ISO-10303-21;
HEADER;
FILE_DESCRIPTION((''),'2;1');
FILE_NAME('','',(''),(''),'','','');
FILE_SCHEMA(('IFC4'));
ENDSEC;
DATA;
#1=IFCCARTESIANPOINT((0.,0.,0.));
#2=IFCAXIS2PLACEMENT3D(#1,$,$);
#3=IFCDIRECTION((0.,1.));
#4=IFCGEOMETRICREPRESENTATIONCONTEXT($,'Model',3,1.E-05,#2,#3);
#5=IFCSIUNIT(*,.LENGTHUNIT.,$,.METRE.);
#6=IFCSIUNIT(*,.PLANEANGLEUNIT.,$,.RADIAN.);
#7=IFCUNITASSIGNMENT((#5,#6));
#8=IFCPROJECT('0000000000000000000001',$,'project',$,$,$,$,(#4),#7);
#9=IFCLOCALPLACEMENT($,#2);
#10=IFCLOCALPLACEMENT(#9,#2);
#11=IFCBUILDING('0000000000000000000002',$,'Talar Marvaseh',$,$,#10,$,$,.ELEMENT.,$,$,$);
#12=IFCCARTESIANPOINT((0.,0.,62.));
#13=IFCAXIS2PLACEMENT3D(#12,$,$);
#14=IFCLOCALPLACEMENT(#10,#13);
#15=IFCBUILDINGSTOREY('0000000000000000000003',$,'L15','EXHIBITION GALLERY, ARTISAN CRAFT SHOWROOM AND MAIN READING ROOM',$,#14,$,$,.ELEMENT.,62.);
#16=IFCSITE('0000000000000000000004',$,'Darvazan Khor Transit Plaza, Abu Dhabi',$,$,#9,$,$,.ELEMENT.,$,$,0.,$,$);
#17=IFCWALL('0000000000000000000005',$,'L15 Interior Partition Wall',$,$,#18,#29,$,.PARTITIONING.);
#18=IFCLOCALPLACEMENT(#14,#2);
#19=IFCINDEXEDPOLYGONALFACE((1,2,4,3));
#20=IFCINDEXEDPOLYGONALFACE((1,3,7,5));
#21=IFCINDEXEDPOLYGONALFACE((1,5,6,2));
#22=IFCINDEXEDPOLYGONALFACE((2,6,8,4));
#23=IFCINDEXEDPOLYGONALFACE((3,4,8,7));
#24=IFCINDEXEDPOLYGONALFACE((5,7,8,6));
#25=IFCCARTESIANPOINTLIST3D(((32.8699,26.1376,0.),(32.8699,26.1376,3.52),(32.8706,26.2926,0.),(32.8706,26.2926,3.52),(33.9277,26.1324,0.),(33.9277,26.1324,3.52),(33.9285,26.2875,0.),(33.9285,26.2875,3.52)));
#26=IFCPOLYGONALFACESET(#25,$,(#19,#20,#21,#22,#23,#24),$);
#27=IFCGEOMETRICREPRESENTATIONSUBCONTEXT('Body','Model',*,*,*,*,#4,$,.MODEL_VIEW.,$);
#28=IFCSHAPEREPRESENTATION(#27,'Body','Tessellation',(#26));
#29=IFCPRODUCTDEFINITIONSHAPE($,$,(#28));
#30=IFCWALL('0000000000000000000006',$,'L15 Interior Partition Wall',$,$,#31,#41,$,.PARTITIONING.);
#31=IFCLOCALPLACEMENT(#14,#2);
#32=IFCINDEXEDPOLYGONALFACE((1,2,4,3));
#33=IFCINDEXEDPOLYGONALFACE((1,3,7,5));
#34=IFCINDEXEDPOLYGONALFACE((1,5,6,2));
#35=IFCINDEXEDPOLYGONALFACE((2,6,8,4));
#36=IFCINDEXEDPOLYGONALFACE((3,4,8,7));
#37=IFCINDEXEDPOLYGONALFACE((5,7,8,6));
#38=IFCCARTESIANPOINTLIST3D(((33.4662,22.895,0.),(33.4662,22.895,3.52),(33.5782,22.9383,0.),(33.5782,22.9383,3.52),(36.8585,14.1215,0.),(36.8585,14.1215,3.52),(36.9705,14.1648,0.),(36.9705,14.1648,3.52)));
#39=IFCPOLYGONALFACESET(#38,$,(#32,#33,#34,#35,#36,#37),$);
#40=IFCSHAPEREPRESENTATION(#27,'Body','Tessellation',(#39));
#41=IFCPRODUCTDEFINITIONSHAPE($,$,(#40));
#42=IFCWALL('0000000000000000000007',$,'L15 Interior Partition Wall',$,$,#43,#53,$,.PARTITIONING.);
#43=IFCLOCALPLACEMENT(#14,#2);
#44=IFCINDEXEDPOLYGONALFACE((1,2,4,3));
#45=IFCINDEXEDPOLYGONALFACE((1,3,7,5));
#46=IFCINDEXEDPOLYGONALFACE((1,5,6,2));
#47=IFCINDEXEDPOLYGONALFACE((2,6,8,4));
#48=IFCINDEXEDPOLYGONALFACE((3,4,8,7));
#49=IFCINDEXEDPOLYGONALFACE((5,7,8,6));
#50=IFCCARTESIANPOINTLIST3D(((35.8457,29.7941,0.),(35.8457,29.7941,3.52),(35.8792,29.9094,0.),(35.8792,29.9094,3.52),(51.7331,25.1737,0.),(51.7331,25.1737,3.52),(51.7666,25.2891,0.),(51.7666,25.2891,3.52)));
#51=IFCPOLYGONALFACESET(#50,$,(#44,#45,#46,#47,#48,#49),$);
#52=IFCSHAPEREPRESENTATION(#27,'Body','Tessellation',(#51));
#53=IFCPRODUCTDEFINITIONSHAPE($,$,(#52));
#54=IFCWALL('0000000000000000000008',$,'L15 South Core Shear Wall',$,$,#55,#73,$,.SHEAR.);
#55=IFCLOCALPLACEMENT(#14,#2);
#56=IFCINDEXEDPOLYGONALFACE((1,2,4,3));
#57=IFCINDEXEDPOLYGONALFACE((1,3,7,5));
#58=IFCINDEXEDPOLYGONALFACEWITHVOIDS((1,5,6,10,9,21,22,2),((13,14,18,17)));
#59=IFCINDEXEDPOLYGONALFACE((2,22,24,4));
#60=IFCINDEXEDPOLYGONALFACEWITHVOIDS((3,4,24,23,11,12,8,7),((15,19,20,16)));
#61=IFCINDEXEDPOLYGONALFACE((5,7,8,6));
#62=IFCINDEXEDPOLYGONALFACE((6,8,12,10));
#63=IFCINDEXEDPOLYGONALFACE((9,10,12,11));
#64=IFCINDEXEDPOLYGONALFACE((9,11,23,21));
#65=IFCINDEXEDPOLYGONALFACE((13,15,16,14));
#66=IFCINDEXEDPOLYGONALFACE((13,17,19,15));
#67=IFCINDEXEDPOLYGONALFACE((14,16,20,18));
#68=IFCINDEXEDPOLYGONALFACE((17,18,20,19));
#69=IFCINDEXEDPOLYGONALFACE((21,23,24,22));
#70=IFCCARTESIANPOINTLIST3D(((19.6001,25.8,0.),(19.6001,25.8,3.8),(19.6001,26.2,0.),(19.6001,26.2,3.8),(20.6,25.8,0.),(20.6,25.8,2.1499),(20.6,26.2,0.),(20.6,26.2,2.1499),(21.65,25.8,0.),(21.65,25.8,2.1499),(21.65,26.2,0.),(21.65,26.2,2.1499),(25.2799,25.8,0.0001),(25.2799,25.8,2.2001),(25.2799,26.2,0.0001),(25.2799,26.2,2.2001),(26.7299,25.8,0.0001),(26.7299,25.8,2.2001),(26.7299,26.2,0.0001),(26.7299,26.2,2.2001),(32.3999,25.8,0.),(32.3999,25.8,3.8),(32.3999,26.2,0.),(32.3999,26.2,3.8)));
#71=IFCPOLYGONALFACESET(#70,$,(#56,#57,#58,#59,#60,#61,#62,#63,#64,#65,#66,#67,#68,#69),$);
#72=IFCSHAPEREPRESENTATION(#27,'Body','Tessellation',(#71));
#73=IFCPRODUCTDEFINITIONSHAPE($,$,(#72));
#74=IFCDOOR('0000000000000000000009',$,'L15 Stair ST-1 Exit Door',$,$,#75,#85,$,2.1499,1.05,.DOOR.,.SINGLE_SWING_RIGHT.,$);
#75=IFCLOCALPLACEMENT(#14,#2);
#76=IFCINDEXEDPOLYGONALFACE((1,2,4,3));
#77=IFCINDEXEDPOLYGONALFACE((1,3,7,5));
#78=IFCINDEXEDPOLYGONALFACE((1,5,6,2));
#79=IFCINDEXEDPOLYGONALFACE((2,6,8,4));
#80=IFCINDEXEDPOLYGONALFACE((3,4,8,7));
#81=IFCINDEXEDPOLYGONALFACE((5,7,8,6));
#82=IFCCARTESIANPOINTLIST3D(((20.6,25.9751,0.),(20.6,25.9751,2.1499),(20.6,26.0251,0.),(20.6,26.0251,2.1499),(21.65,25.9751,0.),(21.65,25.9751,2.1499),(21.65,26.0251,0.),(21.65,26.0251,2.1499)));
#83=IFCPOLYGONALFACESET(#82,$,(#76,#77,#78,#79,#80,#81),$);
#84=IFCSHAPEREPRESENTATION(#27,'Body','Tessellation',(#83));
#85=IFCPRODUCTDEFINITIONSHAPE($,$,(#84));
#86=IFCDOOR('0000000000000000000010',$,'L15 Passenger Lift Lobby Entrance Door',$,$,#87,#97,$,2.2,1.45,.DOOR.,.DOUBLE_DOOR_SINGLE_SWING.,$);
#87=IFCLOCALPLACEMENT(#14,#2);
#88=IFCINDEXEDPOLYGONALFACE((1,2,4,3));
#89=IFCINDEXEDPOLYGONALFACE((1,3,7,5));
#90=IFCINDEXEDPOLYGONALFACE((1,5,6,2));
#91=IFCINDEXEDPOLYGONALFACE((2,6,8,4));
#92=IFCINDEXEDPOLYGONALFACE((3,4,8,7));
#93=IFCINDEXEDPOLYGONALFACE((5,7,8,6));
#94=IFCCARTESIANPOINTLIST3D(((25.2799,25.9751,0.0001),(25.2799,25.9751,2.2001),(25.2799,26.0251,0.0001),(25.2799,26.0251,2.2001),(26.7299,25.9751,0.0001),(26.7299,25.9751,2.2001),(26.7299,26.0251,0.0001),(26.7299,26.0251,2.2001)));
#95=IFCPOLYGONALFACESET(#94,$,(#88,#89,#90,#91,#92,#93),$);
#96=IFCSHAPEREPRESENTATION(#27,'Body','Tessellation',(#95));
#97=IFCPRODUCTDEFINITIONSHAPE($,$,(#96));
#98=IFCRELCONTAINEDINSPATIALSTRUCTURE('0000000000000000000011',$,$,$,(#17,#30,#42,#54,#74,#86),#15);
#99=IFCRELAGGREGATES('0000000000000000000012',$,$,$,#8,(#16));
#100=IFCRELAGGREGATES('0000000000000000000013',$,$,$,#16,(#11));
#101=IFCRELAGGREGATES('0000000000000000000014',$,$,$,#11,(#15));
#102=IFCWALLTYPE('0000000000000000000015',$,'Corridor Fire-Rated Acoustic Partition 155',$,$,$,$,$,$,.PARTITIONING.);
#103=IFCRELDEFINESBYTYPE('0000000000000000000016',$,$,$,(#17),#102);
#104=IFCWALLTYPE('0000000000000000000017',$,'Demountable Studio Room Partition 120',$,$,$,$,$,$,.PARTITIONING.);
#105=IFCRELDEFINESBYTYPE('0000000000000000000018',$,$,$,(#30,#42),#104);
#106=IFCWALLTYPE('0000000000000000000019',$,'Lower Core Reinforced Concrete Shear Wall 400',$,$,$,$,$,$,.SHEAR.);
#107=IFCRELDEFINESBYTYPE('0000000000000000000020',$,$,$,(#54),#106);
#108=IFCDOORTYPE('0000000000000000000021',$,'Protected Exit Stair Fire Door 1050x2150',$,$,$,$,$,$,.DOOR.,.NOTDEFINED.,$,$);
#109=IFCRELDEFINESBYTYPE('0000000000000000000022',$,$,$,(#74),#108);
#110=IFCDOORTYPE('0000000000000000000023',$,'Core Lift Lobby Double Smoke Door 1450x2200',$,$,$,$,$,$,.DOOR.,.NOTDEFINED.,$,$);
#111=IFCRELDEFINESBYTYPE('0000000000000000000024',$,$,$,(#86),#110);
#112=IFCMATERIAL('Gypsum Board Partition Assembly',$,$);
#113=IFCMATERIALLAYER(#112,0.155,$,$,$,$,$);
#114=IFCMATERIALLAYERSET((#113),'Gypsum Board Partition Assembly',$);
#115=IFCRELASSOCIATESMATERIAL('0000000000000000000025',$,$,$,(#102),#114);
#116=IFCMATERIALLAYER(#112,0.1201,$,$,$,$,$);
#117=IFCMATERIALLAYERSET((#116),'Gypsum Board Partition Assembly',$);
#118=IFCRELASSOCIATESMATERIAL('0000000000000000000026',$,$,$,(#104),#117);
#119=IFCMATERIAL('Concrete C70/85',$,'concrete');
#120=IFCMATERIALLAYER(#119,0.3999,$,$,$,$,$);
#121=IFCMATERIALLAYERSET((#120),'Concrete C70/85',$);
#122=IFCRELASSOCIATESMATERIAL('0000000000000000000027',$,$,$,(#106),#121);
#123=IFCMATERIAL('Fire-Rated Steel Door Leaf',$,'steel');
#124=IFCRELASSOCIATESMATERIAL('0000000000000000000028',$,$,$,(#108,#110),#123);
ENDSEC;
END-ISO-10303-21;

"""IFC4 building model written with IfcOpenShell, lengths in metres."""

from ifc_helpers import new_model, si_unit, direction, frame, frame_2d, origin, place, context, subcontext, project, spatial, rectangle, extrude, source, transform, mapped, material, layer, layer_set, type_object, type_shapes, element, fill, save


model = new_model("IFC4")

# Units and contexts
model_context = context("Model", 3, precision=1e-05, world=origin(), true_north=direction((0.0, 1.0)))
body_context = subcontext(model_context, "Body", "Model", "MODEL_VIEW")
ifc_project = project(units=[si_unit("LENGTHUNIT", "METRE"), si_unit("PLANEANGLEUNIT", "RADIAN")], contexts=[model_context])

# Site, building, storey
site_placement = place(None, origin())
site = spatial("IfcSite", under=ifc_project, at=site_placement, Name="Darvazan Khor Transit Plaza, Abu Dhabi", CompositionType="ELEMENT", RefElevation=0.0)
building_placement = place(site_placement, origin())
building = spatial("IfcBuilding", under=site, at=building_placement, Name="Talar Marvaseh", CompositionType="ELEMENT")
storey_placement = place(building_placement, frame((0.0, 0.0, 62.0)))
storey = spatial("IfcBuildingStorey", under=building, at=storey_placement, Name="L15", Description="EXHIBITION GALLERY, ARTISAN CRAFT SHOWROOM AND MAIN READING ROOM", CompositionType="ELEMENT", Elevation=62.0)

# Shared definitions
ifc_material_1 = material(Name="Concrete C70/85", Category="concrete")

# Shared definitions
ifc_material_2 = material(Name="Gypsum Board Partition Assembly")
ifc_layer_1 = layer(ifc_material_2, 0.155)
ifc_layer_set_1 = layer_set([ifc_layer_1], Name="Gypsum Board Partition Assembly")
wall_type_1 = type_object("IfcWallType", Name="Corridor Fire-Rated Acoustic Partition 155", PredefinedType="PARTITIONING", material=ifc_layer_set_1)

# Walls
wall_1_placement = place(storey_placement, frame((33.928, 26.21, 0.0), z_axis=(0.0, 0.0, 1.0), x_axis=(-0.999988, 0.004846, 0.0)))
element("IfcWall", 1, at=wall_1_placement, inside=storey, type_object=wall_type_1, Name="L15 Interior Partition Wall", PredefinedType="PARTITIONING", context=body_context, shape_type="SweptSolid", body=[
    extrude(rectangle(XDim=1.0579, YDim=0.155, at=frame_2d((0.5288, 0.0))), origin(), (0.0, 0.0, 1.0), 3.52),
])
ifc_layer_2 = layer(ifc_material_2, 0.1201)
ifc_layer_set_2 = layer_set([ifc_layer_2], Name="Gypsum Board Partition Assembly")
wall_type_2 = type_object("IfcWallType", Name="Demountable Studio Room Partition 120", PredefinedType="PARTITIONING", material=ifc_layer_set_2)
wall_2_placement = place(storey_placement, frame((33.5222, 22.9165, 0.0), z_axis=(0.0, 0.0, 1.0), x_axis=(0.360639, -0.932705, 0.0)))
element("IfcWall", 2, at=wall_2_placement, inside=storey, type_object=wall_type_2, Name="L15 Interior Partition Wall", PredefinedType="PARTITIONING", context=body_context, shape_type="SweptSolid", body=[
    extrude(rectangle(XDim=9.4065, YDim=0.1201, at=frame_2d((4.7031, 0.0))), origin(), (0.0, 0.0, 1.0), 3.52),
])
wall_3_placement = place(storey_placement, frame((35.8623, 29.8518, 0.0), z_axis=(0.0, 0.0, 1.0), x_axis=(0.960219, -0.279249, 0.0)))
element("IfcWall", 3, at=wall_3_placement, inside=storey, type_object=wall_type_2, Name="L15 Interior Partition Wall", PredefinedType="PARTITIONING", context=body_context, shape_type="SweptSolid", body=[
    extrude(rectangle(XDim=16.5457, YDim=0.1201, at=frame_2d((8.2729, 0.0))), origin(), (0.0, 0.0, 1.0), 3.52),
])

# Wall, openings, doors
ifc_layer_3 = layer(ifc_material_1, 0.3999)
ifc_layer_set_3 = layer_set([ifc_layer_3], Name="Concrete C70/85")
wall_type_3 = type_object("IfcWallType", Name="Lower Core Reinforced Concrete Shear Wall 400", PredefinedType="SHEAR", material=ifc_layer_set_3)
wall_4_placement = place(storey_placement, frame((32.3999, 26.0, 0.0), z_axis=(0.0, 0.0, 1.0), x_axis=(-1.0, 0.0, 0.0)))
wall_4 = element("IfcWall", 4, at=wall_4_placement, inside=storey, type_object=wall_type_3, Name="L15 South Core Shear Wall", PredefinedType="SHEAR", context=body_context, shape_type="SweptSolid", body=[
    extrude(rectangle(XDim=12.7998, YDim=0.3999, at=frame_2d((6.3999, 0.0))), origin(), (0.0, 0.0, 1.0), 3.8),
])
opening_1_placement = place(wall_4_placement, frame((10.75, 0.0, 0.0)))
opening_1 = element("IfcOpeningElement", 5, at=opening_1_placement, cuts=wall_4, PredefinedType="OPENING", context=body_context, shape_type="SweptSolid", body=[
    extrude(rectangle(XDim=1.05, YDim=2.1499, at=frame_2d((0.5249, 1.075))), frame((0.0, 0.21, 0.0), z_axis=(0.0, -1.0, 0.0), x_axis=(1.0, 0.0, 0.0)), (0.0, 0.0, 1.0), 0.4199),
])
opening_2_placement = place(wall_4_placement, frame((5.6699, 0.0, 0.0)))
opening_2 = element("IfcOpeningElement", 6, at=opening_2_placement, cuts=wall_4, PredefinedType="OPENING", context=body_context, shape_type="SweptSolid", body=[
    extrude(rectangle(XDim=1.45, YDim=2.2, at=frame_2d((0.7251, 1.1001))), frame((0.0, 0.21, 0.0), z_axis=(0.0, -1.0, 0.0), x_axis=(1.0, 0.0, 0.0)), (0.0, 0.0, 1.0), 0.4199),
])
ifc_material_3 = material(Name="Fire-Rated Steel Door Leaf", Category="steel")
door_type_1 = type_object("IfcDoorType", Name="Protected Exit Stair Fire Door 1050x2150", OperationType="NOTDEFINED", PredefinedType="DOOR", material=ifc_material_3)
shared_shape_1 = source(origin(), body_context, "Body", "SweptSolid", [
    extrude(rectangle(XDim=1.05, YDim=2.1499, at=frame_2d((0.5249, 1.075))), frame((0.0, 0.0249, 0.0), z_axis=(0.0, -1.0, 0.0), x_axis=(1.0, 0.0, 0.0)), (0.0, 0.0, 1.0), 0.05),
])
type_shapes(door_type_1, [shared_shape_1])
door_1_placement = place(opening_1_placement, origin())
door_1 = element("IfcDoor", 7, at=door_1_placement, inside=storey, type_object=door_type_1, Name="L15 Stair ST-1 Exit Door", OperationType="SINGLE_SWING_RIGHT", OverallHeight=2.1499, OverallWidth=1.05, PredefinedType="DOOR", context=body_context, shape_type="MappedRepresentation", body=[
    mapped(shared_shape_1, transform((0.0, 0.0, 0.0), x_axis=(1.0, 0.0, 0.0), y_axis=(0.0, 1.0, 0.0), z_axis=(0.0, 0.0, 1.0), scale=1.0)),
])
fill(opening_1, door_1)
door_type_2 = type_object("IfcDoorType", Name="Core Lift Lobby Double Smoke Door 1450x2200", OperationType="NOTDEFINED", PredefinedType="DOOR", material=ifc_material_3)
shared_shape_2 = source(origin(), body_context, "Body", "SweptSolid", [
    extrude(rectangle(XDim=1.45, YDim=2.2, at=frame_2d((0.7251, 1.1001))), frame((0.0, 0.0249, 0.0), z_axis=(0.0, -1.0, 0.0), x_axis=(1.0, 0.0, 0.0)), (0.0, 0.0, 1.0), 0.05),
])
type_shapes(door_type_2, [shared_shape_2])
door_2_placement = place(opening_2_placement, origin())
door_2 = element("IfcDoor", 8, at=door_2_placement, inside=storey, type_object=door_type_2, Name="L15 Passenger Lift Lobby Entrance Door", OperationType="DOUBLE_DOOR_SINGLE_SWING", OverallHeight=2.2, OverallWidth=1.45, PredefinedType="DOOR", context=body_context, shape_type="MappedRepresentation", body=[
    mapped(shared_shape_2, transform((0.0, 0.0, 0.0), x_axis=(1.0, 0.0, 0.0), y_axis=(0.0, 1.0, 0.0), z_axis=(0.0, 0.0, 1.0), scale=1.0)),
])
fill(opening_2, door_2)

save(model, "model.ifc")
